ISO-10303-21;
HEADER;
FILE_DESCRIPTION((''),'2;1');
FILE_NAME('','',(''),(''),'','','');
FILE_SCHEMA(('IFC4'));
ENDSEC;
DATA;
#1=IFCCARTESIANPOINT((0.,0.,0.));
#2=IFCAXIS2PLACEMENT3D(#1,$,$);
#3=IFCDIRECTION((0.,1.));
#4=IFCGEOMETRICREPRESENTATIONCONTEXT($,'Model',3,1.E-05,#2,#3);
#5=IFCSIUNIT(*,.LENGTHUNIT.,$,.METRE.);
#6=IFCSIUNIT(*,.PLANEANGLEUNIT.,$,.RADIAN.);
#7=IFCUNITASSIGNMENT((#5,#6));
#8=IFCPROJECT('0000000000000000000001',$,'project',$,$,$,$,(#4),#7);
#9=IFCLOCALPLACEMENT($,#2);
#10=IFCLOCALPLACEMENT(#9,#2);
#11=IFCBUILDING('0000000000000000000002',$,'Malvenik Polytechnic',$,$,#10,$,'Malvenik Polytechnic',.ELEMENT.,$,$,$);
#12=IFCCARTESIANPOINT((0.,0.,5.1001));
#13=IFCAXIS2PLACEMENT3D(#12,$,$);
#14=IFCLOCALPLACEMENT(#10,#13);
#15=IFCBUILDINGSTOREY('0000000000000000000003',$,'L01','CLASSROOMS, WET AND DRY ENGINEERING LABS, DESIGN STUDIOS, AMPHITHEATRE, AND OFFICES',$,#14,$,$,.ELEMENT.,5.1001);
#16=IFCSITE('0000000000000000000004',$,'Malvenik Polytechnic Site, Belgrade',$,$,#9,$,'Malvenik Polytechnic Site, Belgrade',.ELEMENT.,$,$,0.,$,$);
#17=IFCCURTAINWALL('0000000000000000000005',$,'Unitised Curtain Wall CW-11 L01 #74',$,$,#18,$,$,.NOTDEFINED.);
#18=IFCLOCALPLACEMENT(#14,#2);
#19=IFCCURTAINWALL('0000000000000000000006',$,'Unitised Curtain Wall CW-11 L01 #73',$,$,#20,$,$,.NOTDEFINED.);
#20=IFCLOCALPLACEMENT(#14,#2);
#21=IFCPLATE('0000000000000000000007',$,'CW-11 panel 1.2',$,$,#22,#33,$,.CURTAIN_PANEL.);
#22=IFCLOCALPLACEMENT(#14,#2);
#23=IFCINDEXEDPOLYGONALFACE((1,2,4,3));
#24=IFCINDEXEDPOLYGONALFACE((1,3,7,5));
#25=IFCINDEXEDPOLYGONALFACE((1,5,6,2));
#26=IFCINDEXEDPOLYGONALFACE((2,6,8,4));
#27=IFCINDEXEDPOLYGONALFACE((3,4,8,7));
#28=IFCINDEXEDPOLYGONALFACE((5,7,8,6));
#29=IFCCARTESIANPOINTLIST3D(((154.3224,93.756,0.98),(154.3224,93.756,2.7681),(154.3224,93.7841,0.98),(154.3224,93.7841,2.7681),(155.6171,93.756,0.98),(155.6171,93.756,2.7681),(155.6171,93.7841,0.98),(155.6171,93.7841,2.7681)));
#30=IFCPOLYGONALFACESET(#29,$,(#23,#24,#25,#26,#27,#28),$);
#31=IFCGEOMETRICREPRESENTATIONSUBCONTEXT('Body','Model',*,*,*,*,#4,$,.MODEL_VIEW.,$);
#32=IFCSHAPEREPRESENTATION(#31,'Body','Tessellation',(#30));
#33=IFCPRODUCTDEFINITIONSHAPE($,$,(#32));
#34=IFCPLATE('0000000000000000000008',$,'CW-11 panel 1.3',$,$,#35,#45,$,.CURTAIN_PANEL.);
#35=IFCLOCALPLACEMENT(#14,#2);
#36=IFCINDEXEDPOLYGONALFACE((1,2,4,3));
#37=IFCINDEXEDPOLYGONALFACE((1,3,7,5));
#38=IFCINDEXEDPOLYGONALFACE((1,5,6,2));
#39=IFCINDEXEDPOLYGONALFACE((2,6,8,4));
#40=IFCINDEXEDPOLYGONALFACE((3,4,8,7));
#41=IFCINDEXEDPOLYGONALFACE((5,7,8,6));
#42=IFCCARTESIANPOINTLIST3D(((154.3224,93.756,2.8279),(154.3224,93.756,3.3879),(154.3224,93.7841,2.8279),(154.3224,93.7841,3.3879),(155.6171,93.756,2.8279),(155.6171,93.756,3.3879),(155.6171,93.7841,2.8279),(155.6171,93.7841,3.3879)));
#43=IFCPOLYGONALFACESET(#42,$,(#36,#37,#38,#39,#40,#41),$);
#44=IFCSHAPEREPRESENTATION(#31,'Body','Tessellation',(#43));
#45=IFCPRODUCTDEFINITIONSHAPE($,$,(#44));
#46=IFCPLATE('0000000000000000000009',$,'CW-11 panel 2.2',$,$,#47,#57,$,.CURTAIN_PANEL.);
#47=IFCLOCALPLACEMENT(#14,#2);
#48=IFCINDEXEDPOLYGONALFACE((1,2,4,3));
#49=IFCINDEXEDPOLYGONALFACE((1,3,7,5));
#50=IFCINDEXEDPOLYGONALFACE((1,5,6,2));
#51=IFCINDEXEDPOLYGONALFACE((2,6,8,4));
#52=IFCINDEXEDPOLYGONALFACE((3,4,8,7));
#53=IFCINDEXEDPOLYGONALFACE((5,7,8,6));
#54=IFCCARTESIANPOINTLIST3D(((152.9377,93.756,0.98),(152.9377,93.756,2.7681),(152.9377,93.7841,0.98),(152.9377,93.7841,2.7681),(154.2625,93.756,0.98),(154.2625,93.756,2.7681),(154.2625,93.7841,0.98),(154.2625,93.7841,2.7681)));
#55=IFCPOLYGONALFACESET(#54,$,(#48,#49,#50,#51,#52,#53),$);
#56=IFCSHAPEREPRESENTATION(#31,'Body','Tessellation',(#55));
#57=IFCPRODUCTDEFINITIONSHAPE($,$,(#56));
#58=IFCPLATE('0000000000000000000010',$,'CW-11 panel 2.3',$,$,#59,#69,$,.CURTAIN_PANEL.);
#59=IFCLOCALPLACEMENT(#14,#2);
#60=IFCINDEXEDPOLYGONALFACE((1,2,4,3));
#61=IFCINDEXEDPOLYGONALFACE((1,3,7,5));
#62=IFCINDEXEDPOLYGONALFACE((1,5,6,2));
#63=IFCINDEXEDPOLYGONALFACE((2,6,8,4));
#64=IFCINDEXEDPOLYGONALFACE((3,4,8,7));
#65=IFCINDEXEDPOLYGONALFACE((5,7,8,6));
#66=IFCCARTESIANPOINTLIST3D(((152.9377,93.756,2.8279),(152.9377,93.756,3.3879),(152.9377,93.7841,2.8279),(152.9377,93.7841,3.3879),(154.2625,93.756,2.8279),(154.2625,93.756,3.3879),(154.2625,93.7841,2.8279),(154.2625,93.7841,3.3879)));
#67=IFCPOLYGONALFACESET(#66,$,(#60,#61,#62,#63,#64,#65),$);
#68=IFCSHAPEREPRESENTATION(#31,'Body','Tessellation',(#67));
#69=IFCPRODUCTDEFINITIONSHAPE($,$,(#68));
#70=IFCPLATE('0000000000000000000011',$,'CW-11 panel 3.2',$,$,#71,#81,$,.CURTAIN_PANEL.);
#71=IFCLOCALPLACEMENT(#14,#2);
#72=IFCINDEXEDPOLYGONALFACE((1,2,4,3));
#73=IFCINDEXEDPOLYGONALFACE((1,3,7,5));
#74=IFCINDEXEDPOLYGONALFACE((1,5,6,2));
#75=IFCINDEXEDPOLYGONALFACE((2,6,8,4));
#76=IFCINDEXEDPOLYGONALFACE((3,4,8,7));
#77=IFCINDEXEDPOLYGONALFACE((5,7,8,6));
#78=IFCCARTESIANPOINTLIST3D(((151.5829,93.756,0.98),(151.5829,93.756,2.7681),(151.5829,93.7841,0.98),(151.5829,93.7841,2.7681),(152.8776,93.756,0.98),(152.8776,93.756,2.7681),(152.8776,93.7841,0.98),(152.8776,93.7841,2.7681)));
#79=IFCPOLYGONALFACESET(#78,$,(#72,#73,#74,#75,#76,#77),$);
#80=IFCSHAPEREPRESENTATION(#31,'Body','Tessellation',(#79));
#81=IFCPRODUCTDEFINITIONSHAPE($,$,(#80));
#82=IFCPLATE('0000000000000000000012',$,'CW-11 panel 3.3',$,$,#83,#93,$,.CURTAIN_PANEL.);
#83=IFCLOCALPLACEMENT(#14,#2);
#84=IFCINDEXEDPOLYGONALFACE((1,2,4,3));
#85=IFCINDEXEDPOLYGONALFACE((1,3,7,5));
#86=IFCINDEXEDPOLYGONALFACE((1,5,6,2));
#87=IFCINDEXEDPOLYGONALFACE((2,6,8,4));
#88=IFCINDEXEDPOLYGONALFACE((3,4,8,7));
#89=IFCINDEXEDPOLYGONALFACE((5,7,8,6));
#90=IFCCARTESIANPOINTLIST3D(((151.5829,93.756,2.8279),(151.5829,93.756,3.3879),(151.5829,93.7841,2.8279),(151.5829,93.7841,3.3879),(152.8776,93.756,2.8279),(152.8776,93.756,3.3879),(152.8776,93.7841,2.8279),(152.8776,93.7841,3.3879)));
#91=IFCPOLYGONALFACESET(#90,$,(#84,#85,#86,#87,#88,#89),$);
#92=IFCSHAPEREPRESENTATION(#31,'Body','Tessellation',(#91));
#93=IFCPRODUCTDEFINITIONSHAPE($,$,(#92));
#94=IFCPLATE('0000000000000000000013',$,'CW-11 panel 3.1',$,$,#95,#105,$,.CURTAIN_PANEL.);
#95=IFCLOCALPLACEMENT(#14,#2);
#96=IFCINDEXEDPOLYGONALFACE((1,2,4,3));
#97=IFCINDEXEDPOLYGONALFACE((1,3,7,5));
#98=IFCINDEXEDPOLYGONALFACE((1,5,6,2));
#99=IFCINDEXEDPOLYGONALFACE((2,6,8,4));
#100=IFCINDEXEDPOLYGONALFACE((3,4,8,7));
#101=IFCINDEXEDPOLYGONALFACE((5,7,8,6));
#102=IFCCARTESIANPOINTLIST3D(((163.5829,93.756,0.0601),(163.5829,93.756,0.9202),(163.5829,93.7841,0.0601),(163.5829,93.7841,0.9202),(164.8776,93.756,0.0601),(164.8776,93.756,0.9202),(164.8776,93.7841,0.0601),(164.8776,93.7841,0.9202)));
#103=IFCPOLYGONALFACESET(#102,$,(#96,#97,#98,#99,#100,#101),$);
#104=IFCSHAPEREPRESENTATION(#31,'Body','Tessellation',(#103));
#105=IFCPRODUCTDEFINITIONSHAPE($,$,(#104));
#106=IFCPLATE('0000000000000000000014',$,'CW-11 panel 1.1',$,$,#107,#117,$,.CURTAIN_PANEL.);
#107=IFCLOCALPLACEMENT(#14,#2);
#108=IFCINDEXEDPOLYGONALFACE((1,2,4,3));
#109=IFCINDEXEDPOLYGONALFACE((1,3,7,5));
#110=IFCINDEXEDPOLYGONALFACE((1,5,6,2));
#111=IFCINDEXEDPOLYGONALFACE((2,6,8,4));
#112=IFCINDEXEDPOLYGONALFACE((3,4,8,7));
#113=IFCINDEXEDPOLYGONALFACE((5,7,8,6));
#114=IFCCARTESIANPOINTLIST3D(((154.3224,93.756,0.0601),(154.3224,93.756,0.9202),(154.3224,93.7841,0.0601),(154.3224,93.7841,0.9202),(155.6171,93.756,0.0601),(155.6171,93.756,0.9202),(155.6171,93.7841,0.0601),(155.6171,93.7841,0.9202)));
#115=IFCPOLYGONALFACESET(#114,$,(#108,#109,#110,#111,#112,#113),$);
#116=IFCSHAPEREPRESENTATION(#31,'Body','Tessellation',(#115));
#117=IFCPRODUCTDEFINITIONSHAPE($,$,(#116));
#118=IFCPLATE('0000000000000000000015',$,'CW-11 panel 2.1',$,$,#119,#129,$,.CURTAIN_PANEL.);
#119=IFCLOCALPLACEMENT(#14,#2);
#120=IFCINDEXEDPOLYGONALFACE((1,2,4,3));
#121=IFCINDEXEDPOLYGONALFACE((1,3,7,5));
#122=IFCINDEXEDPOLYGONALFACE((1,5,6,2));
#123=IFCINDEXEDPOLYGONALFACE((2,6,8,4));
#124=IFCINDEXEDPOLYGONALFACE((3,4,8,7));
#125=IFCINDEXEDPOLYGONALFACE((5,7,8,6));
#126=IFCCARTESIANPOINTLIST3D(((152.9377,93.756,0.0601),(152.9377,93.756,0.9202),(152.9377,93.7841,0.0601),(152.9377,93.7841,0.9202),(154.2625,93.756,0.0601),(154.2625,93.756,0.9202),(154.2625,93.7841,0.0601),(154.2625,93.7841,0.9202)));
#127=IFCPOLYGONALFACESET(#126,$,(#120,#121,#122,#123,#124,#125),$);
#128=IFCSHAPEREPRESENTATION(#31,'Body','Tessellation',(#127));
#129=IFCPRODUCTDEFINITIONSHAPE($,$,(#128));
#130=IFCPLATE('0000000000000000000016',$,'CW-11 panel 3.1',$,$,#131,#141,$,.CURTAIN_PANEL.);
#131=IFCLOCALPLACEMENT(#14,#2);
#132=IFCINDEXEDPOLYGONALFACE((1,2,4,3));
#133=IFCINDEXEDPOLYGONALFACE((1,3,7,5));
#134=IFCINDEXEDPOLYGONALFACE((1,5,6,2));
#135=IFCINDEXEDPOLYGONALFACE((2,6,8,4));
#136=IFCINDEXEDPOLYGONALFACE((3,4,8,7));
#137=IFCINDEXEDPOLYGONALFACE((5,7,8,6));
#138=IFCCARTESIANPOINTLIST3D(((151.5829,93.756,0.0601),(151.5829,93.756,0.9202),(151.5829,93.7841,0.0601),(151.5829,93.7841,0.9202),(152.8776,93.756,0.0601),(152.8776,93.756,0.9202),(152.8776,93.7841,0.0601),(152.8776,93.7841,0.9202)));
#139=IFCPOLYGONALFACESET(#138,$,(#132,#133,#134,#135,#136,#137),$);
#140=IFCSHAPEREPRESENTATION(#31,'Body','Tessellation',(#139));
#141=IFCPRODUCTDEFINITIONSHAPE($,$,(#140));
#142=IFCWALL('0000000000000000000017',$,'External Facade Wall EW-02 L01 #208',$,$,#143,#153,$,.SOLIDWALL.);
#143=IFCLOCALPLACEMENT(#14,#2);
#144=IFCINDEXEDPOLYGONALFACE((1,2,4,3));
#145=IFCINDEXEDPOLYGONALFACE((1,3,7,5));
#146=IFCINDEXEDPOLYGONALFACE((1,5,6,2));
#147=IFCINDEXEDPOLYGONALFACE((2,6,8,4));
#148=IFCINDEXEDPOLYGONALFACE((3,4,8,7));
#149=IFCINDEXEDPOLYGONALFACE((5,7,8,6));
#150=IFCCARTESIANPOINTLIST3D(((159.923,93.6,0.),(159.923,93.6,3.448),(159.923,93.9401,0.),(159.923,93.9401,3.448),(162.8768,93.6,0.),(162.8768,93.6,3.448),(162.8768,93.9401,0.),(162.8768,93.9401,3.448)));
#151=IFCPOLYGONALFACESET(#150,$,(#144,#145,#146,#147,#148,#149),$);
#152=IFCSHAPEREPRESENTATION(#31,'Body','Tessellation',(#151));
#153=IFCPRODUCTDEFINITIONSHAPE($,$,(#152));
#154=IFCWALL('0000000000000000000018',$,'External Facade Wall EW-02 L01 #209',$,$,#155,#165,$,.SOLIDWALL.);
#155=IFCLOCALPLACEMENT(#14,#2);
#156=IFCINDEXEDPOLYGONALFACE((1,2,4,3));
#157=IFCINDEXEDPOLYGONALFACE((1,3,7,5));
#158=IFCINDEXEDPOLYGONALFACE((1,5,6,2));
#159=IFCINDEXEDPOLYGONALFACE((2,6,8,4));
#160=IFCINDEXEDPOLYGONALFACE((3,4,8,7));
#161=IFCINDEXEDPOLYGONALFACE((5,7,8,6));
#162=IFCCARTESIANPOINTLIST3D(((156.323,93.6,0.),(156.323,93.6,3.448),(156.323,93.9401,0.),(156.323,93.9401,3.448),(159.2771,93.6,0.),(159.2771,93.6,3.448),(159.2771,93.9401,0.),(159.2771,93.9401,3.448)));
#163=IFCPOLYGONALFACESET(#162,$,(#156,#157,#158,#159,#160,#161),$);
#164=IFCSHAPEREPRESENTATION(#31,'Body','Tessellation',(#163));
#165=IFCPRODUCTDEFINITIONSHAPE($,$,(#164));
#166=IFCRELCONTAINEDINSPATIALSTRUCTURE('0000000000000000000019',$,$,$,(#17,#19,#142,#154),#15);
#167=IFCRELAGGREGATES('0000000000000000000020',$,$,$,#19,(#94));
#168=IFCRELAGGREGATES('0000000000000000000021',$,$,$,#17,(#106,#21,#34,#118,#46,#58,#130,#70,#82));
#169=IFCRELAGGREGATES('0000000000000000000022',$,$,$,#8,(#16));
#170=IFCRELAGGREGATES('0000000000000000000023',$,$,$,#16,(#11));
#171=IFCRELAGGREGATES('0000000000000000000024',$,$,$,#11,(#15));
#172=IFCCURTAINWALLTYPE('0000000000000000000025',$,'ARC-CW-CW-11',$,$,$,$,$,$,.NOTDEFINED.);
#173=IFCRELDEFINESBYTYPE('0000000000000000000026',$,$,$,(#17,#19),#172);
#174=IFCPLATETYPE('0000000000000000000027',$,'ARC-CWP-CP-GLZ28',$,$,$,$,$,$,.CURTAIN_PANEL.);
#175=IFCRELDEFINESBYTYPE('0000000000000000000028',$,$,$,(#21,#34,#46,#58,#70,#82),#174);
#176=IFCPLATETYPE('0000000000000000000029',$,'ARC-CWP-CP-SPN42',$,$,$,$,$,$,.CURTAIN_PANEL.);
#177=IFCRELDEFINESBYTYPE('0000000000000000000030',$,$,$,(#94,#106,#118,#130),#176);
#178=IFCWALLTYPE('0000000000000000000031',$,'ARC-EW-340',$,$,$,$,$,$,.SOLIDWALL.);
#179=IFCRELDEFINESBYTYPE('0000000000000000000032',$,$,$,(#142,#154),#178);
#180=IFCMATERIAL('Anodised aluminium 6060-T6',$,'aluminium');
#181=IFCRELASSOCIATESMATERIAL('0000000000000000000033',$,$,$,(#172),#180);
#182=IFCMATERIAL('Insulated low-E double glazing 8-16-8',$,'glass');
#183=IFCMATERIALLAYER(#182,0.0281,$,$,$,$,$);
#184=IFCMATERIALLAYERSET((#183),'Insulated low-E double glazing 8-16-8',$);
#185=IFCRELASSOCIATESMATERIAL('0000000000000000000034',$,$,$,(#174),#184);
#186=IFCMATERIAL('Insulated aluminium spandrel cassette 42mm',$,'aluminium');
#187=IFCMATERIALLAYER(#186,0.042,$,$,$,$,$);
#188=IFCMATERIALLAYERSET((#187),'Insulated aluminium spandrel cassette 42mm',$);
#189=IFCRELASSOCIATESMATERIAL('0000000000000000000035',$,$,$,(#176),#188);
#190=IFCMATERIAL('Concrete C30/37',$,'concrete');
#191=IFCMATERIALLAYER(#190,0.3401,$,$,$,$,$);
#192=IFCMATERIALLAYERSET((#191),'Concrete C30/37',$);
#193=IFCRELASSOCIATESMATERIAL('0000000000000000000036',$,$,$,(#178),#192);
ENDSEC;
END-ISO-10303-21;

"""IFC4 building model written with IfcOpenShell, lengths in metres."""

from ifc_helpers import new_model, si_unit, direction, frame, frame_2d, origin, origin_2d, place, context, subcontext, project, spatial, rectangle, extrude, material, layer, layer_set, type_object, element, aggregate, save


model = new_model("IFC4")

# Units and contexts
model_context = context("Model", 3, precision=1e-05, world=origin(), true_north=direction((0.0, 1.0)))
body_context = subcontext(model_context, "Body", "Model", "MODEL_VIEW")
ifc_project = project(units=[si_unit("LENGTHUNIT", "METRE"), si_unit("PLANEANGLEUNIT", "RADIAN")], contexts=[model_context])

# Site, building, storey
site_placement = place(None, origin())
site = spatial("IfcSite", under=ifc_project, at=site_placement, Name="Malvenik Polytechnic Site, Belgrade", LongName="Malvenik Polytechnic Site, Belgrade", CompositionType="ELEMENT", RefElevation=0.0)
building_placement = place(site_placement, origin())
building = spatial("IfcBuilding", under=site, at=building_placement, Name="Malvenik Polytechnic", LongName="Malvenik Polytechnic", CompositionType="ELEMENT")
storey_placement = place(building_placement, frame((0.0, 0.0, 5.1001)))
storey = spatial("IfcBuildingStorey", under=building, at=storey_placement, Name="L01", Description="CLASSROOMS, WET AND DRY ENGINEERING LABS, DESIGN STUDIOS, AMPHITHEATRE, AND OFFICES", CompositionType="ELEMENT", Elevation=5.1001)

# Curtain wall
ifc_material_1 = material(Name="Anodised aluminium 6060-T6", Category="aluminium")
curtain_wall_type = type_object("IfcCurtainWallType", Name="ARC-CW-CW-11", PredefinedType="NOTDEFINED", material=ifc_material_1)
curtain_wall_1_placement = place(storey_placement, origin())
curtain_wall_1 = element("IfcCurtainWall", 1, at=curtain_wall_1_placement, inside=storey, type_object=curtain_wall_type, Name="Unitised Curtain Wall CW-11 L01 #74", PredefinedType="NOTDEFINED")

# Curtain wall
curtain_wall_2_placement = place(storey_placement, origin())
curtain_wall_2 = element("IfcCurtainWall", 2, at=curtain_wall_2_placement, inside=storey, type_object=curtain_wall_type, Name="Unitised Curtain Wall CW-11 L01 #73", PredefinedType="NOTDEFINED")

# Plates
ifc_material_2 = material(Name="Insulated low-E double glazing 8-16-8", Category="glass")
ifc_layer_1 = layer(ifc_material_2, 0.0281)
ifc_layer_set_1 = layer_set([ifc_layer_1], Name="Insulated low-E double glazing 8-16-8")
plate_type_1 = type_object("IfcPlateType", Name="ARC-CWP-CP-GLZ28", PredefinedType="CURTAIN_PANEL", material=ifc_layer_set_1)
plate_1_placement = place(storey_placement, frame((154.9697, 93.77, 0.98), z_axis=(0.0, 0.0, 1.0), x_axis=(-1.0, 0.0, 0.0)))
plate_1 = element("IfcPlate", 3, at=plate_1_placement, type_object=plate_type_1, Name="CW-11 panel 1.2", PredefinedType="CURTAIN_PANEL", context=body_context, shape_type="SweptSolid", body=[
    extrude(rectangle(XDim=1.2947, YDim=0.0281, at=origin_2d()), origin(), (0.0, 0.0, 1.0), 1.7881),
])
plate_2_placement = place(storey_placement, frame((154.9697, 93.77, 2.8279), z_axis=(0.0, 0.0, 1.0), x_axis=(-1.0, 0.0, 0.0)))
plate_2 = element("IfcPlate", 4, at=plate_2_placement, type_object=plate_type_1, Name="CW-11 panel 1.3", PredefinedType="CURTAIN_PANEL", context=body_context, shape_type="SweptSolid", body=[
    extrude(rectangle(XDim=1.2947, YDim=0.0281, at=origin_2d()), origin(), (0.0, 0.0, 1.0), 0.5601),
])
plate_3_placement = place(storey_placement, frame((153.6001, 93.77, 0.98), z_axis=(0.0, 0.0, 1.0), x_axis=(-1.0, 0.0, 0.0)))
plate_3 = element("IfcPlate", 5, at=plate_3_placement, type_object=plate_type_1, Name="CW-11 panel 2.2", PredefinedType="CURTAIN_PANEL", context=body_context, shape_type="SweptSolid", body=[
    extrude(rectangle(XDim=1.3247, YDim=0.0281, at=origin_2d()), origin(), (0.0, 0.0, 1.0), 1.7881),
])
plate_4_placement = place(storey_placement, frame((153.6001, 93.77, 2.8279), z_axis=(0.0, 0.0, 1.0), x_axis=(-1.0, 0.0, 0.0)))
plate_4 = element("IfcPlate", 6, at=plate_4_placement, type_object=plate_type_1, Name="CW-11 panel 2.3", PredefinedType="CURTAIN_PANEL", context=body_context, shape_type="SweptSolid", body=[
    extrude(rectangle(XDim=1.3247, YDim=0.0281, at=origin_2d()), origin(), (0.0, 0.0, 1.0), 0.5601),
])
plate_5_placement = place(storey_placement, frame((152.2302, 93.77, 0.98), z_axis=(0.0, 0.0, 1.0), x_axis=(-1.0, 0.0, 0.0)))
plate_5 = element("IfcPlate", 7, at=plate_5_placement, type_object=plate_type_1, Name="CW-11 panel 3.2", PredefinedType="CURTAIN_PANEL", context=body_context, shape_type="SweptSolid", body=[
    extrude(rectangle(XDim=1.2947, YDim=0.0281, at=origin_2d()), origin(), (0.0, 0.0, 1.0), 1.7881),
])
plate_6_placement = place(storey_placement, frame((152.2302, 93.77, 2.8279), z_axis=(0.0, 0.0, 1.0), x_axis=(-1.0, 0.0, 0.0)))
plate_6 = element("IfcPlate", 8, at=plate_6_placement, type_object=plate_type_1, Name="CW-11 panel 3.3", PredefinedType="CURTAIN_PANEL", context=body_context, shape_type="SweptSolid", body=[
    extrude(rectangle(XDim=1.2947, YDim=0.0281, at=origin_2d()), origin(), (0.0, 0.0, 1.0), 0.5601),
])
ifc_material_3 = material(Name="Insulated aluminium spandrel cassette 42mm", Category="aluminium")
ifc_layer_2 = layer(ifc_material_3, 0.042)
ifc_layer_set_2 = layer_set([ifc_layer_2], Name="Insulated aluminium spandrel cassette 42mm")
plate_type_2 = type_object("IfcPlateType", Name="ARC-CWP-CP-SPN42", PredefinedType="CURTAIN_PANEL", material=ifc_layer_set_2)
plate_7_placement = place(storey_placement, frame((164.2302, 93.77, 0.0601), z_axis=(0.0, 0.0, 1.0), x_axis=(-1.0, 0.0, 0.0)))
plate_7 = element("IfcPlate", 9, at=plate_7_placement, type_object=plate_type_2, Name="CW-11 panel 3.1", PredefinedType="CURTAIN_PANEL", context=body_context, shape_type="SweptSolid", body=[
    extrude(rectangle(XDim=1.2947, YDim=0.0281, at=origin_2d()), origin(), (0.0, 0.0, 1.0), 0.8601),
])
aggregate(curtain_wall_2, [plate_7])
plate_8_placement = place(storey_placement, frame((154.9697, 93.77, 0.0601), z_axis=(0.0, 0.0, 1.0), x_axis=(-1.0, 0.0, 0.0)))
plate_8 = element("IfcPlate", 10, at=plate_8_placement, type_object=plate_type_2, Name="CW-11 panel 1.1", PredefinedType="CURTAIN_PANEL", context=body_context, shape_type="SweptSolid", body=[
    extrude(rectangle(XDim=1.2947, YDim=0.0281, at=origin_2d()), origin(), (0.0, 0.0, 1.0), 0.8601),
])
plate_9_placement = place(storey_placement, frame((153.6001, 93.77, 0.0601), z_axis=(0.0, 0.0, 1.0), x_axis=(-1.0, 0.0, 0.0)))
plate_9 = element("IfcPlate", 11, at=plate_9_placement, type_object=plate_type_2, Name="CW-11 panel 2.1", PredefinedType="CURTAIN_PANEL", context=body_context, shape_type="SweptSolid", body=[
    extrude(rectangle(XDim=1.3247, YDim=0.0281, at=origin_2d()), origin(), (0.0, 0.0, 1.0), 0.8601),
])
plate_10_placement = place(storey_placement, frame((152.2302, 93.77, 0.0601), z_axis=(0.0, 0.0, 1.0), x_axis=(-1.0, 0.0, 0.0)))
plate_10 = element("IfcPlate", 12, at=plate_10_placement, type_object=plate_type_2, Name="CW-11 panel 3.1", PredefinedType="CURTAIN_PANEL", context=body_context, shape_type="SweptSolid", body=[
    extrude(rectangle(XDim=1.2947, YDim=0.0281, at=origin_2d()), origin(), (0.0, 0.0, 1.0), 0.8601),
])
aggregate(curtain_wall_1, [plate_8, plate_1, plate_2, plate_9, plate_3, plate_4, plate_10, plate_5, plate_6])

# Walls
ifc_material_4 = material(Name="Concrete C30/37", Category="concrete")
ifc_layer_3 = layer(ifc_material_4, 0.3401)
ifc_layer_set_3 = layer_set([ifc_layer_3], Name="Concrete C30/37")
wall_type = type_object("IfcWallType", Name="ARC-EW-340", PredefinedType="SOLIDWALL", material=ifc_layer_set_3)
wall_1_placement = place(storey_placement, frame((162.877, 93.77, 0.0), z_axis=(0.0, 0.0, 1.0), x_axis=(-1.0, 0.0, 0.0)))
element("IfcWall", 13, at=wall_1_placement, inside=storey, type_object=wall_type, Name="External Facade Wall EW-02 L01 #208", PredefinedType="SOLIDWALL", context=body_context, shape_type="SweptSolid", body=[
    extrude(rectangle(XDim=2.9539, YDim=0.3401, at=frame_2d((1.4771, 0.0))), origin(), (0.0, 0.0, 1.0), 3.448),
])
wall_2_placement = place(storey_placement, frame((159.2771, 93.77, 0.0), z_axis=(0.0, 0.0, 1.0), x_axis=(-1.0, 0.0, 0.0)))
element("IfcWall", 14, at=wall_2_placement, inside=storey, type_object=wall_type, Name="External Facade Wall EW-02 L01 #209", PredefinedType="SOLIDWALL", context=body_context, shape_type="SweptSolid", body=[
    extrude(rectangle(XDim=2.9541, YDim=0.3401, at=frame_2d((1.4771, 0.0))), origin(), (0.0, 0.0, 1.0), 3.448),
])

save(model, "model.ifc")
